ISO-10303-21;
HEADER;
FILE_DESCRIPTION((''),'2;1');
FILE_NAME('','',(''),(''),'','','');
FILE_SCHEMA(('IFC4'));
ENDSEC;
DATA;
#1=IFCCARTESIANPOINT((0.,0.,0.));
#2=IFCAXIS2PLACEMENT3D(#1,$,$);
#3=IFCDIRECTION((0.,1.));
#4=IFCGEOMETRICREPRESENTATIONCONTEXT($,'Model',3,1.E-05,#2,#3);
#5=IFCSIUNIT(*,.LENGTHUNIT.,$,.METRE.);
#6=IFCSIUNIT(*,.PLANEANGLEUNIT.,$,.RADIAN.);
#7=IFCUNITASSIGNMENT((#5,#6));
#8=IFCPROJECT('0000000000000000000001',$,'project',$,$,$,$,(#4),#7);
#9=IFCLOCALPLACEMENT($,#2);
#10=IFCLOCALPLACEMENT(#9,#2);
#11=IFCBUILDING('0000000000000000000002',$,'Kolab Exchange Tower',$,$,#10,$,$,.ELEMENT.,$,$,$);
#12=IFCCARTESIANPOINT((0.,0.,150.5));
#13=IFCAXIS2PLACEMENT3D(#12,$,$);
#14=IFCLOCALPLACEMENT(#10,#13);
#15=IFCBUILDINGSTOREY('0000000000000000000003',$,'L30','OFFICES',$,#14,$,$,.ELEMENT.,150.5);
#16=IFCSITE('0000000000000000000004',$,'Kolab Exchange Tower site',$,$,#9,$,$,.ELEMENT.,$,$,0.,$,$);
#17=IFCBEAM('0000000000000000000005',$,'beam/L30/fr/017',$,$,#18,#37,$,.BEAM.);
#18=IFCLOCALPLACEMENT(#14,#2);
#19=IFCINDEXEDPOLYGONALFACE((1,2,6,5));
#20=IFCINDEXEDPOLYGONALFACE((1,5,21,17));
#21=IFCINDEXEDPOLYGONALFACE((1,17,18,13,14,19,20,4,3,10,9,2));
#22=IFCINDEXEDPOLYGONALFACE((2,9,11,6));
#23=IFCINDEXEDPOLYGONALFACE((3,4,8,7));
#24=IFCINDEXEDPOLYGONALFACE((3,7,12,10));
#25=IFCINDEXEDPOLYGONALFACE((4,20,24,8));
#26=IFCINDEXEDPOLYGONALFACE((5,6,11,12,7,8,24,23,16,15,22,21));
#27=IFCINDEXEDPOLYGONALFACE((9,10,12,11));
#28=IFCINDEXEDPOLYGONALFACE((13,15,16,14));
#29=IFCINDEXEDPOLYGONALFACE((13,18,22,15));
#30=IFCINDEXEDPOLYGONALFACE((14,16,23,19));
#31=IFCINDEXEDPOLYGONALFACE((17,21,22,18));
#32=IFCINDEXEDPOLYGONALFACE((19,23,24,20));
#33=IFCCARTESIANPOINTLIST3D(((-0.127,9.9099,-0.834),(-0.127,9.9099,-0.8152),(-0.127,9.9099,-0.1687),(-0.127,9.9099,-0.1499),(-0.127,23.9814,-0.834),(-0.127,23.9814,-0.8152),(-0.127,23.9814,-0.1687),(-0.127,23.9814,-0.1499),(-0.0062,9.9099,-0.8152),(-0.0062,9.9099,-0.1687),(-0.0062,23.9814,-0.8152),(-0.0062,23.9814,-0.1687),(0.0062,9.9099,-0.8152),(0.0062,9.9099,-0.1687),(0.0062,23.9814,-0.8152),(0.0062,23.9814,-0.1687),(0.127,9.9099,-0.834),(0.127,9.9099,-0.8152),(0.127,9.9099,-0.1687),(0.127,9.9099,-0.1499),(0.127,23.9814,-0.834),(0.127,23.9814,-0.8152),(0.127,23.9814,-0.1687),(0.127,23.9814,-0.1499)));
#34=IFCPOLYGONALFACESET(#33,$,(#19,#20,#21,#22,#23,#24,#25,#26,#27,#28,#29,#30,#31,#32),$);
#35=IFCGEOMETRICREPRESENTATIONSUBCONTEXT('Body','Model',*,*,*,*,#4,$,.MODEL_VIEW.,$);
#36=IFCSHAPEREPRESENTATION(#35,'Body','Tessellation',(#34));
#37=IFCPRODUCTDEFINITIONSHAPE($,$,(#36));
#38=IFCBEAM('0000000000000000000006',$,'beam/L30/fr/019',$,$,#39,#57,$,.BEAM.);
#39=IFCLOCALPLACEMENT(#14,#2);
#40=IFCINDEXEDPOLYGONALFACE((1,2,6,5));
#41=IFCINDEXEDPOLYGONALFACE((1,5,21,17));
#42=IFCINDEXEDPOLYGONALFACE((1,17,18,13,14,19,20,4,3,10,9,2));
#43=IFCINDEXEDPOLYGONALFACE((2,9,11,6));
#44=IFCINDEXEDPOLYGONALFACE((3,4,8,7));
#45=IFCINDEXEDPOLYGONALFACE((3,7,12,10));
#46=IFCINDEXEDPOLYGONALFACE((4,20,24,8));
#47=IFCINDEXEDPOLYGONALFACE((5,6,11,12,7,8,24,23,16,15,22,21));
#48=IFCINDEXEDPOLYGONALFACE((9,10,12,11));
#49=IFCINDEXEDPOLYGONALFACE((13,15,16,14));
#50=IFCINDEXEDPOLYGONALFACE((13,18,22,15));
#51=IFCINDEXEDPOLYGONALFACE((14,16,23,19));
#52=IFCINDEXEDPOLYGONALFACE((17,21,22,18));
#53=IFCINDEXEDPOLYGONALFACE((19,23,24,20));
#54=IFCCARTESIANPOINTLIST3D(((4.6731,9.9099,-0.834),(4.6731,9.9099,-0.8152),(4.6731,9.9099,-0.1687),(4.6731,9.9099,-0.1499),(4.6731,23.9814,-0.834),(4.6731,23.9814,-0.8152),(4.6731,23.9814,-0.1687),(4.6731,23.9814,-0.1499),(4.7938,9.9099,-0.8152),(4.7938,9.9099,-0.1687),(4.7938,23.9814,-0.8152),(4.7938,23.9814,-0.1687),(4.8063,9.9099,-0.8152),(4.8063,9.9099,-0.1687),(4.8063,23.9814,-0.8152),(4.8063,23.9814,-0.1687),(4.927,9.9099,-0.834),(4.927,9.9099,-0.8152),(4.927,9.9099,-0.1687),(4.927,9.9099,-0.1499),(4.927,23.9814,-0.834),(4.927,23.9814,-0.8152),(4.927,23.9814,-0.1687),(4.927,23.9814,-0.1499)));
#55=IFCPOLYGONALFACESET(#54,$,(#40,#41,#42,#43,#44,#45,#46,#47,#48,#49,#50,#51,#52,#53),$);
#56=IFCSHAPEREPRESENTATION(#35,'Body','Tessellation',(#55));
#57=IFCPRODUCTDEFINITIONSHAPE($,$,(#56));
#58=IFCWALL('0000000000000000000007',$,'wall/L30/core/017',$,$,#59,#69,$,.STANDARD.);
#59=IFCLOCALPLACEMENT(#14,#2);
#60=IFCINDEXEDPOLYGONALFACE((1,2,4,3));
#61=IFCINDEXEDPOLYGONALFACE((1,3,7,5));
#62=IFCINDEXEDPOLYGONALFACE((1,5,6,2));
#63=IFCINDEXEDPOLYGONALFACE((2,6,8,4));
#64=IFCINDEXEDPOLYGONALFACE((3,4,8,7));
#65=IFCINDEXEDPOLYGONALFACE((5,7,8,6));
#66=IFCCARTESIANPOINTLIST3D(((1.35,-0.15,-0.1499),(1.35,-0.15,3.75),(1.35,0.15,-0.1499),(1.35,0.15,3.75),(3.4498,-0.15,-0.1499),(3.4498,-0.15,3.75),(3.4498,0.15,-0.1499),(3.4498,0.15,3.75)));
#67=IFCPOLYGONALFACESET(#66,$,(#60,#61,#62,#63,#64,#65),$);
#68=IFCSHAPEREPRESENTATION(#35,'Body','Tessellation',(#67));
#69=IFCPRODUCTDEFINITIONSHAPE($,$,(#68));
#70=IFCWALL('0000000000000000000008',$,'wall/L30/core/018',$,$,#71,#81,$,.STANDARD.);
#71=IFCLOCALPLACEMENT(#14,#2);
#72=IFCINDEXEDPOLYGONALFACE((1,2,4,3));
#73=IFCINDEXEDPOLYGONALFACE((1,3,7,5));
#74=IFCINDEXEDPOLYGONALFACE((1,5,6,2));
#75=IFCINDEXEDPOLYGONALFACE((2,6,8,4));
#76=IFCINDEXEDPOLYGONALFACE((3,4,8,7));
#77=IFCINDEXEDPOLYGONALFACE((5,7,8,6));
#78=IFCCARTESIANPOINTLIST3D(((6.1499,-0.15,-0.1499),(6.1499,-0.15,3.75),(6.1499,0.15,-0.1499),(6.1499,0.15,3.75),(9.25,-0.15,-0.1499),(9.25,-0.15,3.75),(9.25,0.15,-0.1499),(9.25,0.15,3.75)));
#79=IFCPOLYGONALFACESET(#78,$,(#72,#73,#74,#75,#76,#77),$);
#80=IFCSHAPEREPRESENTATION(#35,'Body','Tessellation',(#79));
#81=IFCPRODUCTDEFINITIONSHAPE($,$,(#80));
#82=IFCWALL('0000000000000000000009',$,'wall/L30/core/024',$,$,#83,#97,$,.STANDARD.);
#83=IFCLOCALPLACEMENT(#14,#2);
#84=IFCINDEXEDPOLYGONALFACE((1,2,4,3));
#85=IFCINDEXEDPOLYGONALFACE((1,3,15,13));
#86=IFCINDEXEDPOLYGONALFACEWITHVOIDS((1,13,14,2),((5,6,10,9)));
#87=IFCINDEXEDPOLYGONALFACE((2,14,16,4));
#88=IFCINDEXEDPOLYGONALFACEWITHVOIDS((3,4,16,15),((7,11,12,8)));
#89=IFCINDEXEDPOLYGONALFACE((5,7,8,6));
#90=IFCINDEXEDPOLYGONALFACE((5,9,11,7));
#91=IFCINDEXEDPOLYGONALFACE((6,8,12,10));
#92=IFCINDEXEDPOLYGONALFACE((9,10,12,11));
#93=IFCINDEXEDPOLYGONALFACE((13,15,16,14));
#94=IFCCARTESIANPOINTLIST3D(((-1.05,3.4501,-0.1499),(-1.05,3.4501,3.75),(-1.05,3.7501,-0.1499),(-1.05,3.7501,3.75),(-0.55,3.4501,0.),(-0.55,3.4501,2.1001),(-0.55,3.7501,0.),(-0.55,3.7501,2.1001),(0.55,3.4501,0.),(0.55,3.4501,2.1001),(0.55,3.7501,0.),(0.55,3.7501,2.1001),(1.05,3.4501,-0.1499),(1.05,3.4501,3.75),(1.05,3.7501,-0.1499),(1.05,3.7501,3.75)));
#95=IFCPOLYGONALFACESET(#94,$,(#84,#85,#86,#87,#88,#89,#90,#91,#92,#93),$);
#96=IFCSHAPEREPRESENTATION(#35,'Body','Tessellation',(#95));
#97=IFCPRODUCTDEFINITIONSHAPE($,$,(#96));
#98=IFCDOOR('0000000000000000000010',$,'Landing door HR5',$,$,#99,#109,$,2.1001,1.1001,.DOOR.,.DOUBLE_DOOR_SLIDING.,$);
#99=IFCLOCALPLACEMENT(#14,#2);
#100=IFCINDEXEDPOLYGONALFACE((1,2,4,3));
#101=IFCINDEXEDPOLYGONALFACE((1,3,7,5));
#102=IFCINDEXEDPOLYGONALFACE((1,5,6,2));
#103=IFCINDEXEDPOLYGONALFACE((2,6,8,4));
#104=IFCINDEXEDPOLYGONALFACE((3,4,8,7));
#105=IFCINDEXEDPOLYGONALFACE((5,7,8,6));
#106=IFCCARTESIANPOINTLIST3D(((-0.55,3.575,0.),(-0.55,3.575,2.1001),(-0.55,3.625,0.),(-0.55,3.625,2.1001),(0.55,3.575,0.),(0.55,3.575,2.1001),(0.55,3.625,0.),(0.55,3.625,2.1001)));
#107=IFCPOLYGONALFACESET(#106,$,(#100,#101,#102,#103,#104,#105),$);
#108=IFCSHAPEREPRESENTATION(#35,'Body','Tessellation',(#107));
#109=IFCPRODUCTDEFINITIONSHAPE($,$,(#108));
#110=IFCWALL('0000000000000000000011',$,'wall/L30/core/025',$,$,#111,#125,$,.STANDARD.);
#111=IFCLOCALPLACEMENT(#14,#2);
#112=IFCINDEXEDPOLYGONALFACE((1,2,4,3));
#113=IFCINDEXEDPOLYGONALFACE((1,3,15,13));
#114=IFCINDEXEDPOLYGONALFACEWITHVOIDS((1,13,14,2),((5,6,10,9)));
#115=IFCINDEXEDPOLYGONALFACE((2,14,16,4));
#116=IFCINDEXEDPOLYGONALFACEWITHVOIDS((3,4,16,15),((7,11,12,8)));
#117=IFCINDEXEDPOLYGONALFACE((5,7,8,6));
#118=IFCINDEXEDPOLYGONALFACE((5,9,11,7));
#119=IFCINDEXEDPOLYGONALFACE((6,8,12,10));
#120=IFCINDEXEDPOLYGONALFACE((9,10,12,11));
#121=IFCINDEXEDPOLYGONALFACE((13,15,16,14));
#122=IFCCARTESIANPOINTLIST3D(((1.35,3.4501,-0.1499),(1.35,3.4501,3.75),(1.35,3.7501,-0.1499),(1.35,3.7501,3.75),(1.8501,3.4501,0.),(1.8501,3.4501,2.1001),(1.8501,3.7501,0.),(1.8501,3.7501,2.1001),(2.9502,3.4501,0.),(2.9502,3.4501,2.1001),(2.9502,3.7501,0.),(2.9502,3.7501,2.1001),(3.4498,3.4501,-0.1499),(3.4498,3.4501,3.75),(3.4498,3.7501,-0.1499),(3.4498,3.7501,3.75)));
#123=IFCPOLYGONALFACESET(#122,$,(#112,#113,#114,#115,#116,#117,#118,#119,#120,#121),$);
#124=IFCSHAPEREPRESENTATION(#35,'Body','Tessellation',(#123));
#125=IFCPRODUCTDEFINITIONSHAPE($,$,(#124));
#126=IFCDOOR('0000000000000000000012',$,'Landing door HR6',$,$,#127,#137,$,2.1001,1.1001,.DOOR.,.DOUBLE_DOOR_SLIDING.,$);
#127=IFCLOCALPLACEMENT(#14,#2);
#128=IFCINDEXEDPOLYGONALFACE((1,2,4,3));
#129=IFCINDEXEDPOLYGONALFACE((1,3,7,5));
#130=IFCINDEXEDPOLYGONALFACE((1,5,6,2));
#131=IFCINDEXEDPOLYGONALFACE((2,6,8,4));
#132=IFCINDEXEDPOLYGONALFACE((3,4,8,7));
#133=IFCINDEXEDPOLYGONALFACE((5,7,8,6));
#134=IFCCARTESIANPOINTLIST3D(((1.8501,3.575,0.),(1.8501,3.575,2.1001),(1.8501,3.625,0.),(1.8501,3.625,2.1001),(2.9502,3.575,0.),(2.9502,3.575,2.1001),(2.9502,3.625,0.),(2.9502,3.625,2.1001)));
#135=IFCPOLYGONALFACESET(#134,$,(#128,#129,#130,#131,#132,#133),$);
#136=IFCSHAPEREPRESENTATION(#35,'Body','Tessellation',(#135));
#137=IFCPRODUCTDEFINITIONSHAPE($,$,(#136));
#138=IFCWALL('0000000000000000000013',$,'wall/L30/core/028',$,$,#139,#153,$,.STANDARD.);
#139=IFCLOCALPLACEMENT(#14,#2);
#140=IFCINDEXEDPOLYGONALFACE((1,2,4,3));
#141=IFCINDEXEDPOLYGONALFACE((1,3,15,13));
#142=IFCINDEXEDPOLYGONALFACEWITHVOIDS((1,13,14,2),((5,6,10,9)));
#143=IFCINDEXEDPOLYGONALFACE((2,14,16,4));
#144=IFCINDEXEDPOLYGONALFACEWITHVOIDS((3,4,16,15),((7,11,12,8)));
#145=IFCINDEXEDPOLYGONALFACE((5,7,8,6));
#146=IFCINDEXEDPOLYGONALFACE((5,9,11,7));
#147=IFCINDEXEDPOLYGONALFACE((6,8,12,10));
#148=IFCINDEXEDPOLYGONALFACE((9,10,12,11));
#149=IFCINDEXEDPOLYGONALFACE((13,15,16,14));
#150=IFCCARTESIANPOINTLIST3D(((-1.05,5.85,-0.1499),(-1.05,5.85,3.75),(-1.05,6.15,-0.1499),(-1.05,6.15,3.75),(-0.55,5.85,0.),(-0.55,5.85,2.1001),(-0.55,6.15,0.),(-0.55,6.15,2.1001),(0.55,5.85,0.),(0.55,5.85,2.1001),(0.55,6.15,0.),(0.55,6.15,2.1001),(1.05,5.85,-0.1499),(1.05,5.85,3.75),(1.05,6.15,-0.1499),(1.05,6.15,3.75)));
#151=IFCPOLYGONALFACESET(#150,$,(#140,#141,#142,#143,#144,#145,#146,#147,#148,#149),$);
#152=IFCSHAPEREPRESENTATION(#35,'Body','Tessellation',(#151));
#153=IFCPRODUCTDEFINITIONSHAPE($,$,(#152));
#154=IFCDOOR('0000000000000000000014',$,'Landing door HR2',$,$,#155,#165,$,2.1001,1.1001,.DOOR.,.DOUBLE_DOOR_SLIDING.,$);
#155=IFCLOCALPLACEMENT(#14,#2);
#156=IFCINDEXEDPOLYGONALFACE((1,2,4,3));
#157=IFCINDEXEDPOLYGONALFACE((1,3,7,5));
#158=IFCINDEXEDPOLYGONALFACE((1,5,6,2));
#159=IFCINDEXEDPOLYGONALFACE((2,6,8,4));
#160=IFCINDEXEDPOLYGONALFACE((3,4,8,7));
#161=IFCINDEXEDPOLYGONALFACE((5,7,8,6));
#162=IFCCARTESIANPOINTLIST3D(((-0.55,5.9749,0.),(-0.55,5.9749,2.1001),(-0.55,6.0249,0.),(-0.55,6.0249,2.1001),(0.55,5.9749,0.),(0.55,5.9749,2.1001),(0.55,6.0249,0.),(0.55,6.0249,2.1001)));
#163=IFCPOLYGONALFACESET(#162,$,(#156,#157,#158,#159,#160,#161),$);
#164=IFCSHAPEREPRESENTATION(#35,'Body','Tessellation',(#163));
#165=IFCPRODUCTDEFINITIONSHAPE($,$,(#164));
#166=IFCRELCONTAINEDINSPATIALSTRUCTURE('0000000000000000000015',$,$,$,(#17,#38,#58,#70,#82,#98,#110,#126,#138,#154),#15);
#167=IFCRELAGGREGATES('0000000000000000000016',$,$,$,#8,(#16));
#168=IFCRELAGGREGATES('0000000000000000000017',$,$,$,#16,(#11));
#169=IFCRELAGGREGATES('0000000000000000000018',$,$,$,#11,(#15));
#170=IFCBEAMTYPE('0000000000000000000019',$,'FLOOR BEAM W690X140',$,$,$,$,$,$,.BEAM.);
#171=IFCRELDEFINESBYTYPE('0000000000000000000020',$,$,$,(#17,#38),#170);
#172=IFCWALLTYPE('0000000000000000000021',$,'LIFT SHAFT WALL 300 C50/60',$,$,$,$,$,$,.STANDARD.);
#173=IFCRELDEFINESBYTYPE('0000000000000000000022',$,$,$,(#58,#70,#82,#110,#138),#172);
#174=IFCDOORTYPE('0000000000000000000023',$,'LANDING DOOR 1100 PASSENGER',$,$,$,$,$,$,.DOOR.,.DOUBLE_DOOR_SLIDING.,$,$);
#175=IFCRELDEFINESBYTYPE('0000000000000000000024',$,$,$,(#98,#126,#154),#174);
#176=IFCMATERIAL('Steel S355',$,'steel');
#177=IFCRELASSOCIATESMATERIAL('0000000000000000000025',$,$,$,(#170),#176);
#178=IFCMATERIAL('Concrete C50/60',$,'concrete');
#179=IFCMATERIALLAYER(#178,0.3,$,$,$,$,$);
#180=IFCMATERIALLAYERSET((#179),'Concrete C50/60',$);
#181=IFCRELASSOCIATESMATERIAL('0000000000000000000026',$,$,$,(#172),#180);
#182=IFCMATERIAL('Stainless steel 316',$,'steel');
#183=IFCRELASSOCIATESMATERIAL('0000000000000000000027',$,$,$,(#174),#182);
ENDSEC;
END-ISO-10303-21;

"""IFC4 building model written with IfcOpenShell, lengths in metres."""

from ifc_helpers import new_model, si_unit, direction, frame, frame_2d, origin, origin_2d, place, context, subcontext, project, spatial, rectangle, i_section, extrude, material, layer, layer_set, material_profile, profile_set, type_object, element, fill, save


model = new_model("IFC4")

# Units and contexts
model_context = context("Model", 3, precision=1e-05, world=origin(), true_north=direction((0.0, 1.0)))
body_context = subcontext(model_context, "Body", "Model", "MODEL_VIEW")
ifc_project = project(units=[si_unit("LENGTHUNIT", "METRE"), si_unit("PLANEANGLEUNIT", "RADIAN")], contexts=[model_context])

# Site, building, storey
site_placement = place(None, origin())
site = spatial("IfcSite", under=ifc_project, at=site_placement, Name="Kolab Exchange Tower site", CompositionType="ELEMENT", RefElevation=0.0)
building_placement = place(site_placement, origin())
building = spatial("IfcBuilding", under=site, at=building_placement, Name="Kolab Exchange Tower", CompositionType="ELEMENT")
storey_placement = place(building_placement, frame((0.0, 0.0, 150.5)))
storey = spatial("IfcBuildingStorey", under=building, at=storey_placement, Name="L30", Description="OFFICES", CompositionType="ELEMENT", Elevation=150.5)

# Beams
ifc_material_1 = material(Name="Steel S355", Category="steel")
ifc_material_profile = material_profile(ifc_material_1, i_section(OverallWidth=0.2539, OverallDepth=0.6841, WebThickness=0.0125, FlangeThickness=0.0188, at=origin_2d()), Name="W690X140")
ifc_profile_set = profile_set([ifc_material_profile], Name="Steel S355")
beam_type = type_object("IfcBeamType", Name="FLOOR BEAM W690X140", PredefinedType="BEAM", material=ifc_profile_set)
for number, where, z_axis, x_axis, name in (
    (1, (0.0, 9.9099, -0.4919), (0.0, 1.0, 0.0), (-1.0, 0.0, 0.0), "beam/L30/fr/017"),
    (2, (4.8, 9.9099, -0.4919), (0.0, 1.0, 0.0), (-1.0, 0.0, 0.0), "beam/L30/fr/019"),
):
    element("IfcBeam", number, at=place(storey_placement, frame(where, z_axis=z_axis, x_axis=x_axis)), inside=storey, type_object=beam_type, Name=name, PredefinedType="BEAM", context=body_context, shape_type="SweptSolid", body=[
        extrude(i_section(OverallWidth=0.2539, OverallDepth=0.6841, WebThickness=0.0125, FlangeThickness=0.0188, at=origin_2d()), origin(), (0.0, 0.0, 1.0), 14.0715),
    ])

# Walls
ifc_material_2 = material(Name="Concrete C50/60", Category="concrete")
ifc_layer_1 = layer(ifc_material_2, 0.3)
ifc_layer_set_1 = layer_set([ifc_layer_1], Name="Concrete C50/60")
wall_type_1 = type_object("IfcWallType", Name="LIFT SHAFT WALL 300 C50/60", PredefinedType="STANDARD", material=ifc_layer_set_1)
wall_1_placement = place(storey_placement, frame((1.3501, 0.0, -0.1499), z_axis=(0.0, 0.0, 1.0), x_axis=(1.0, 0.0, 0.0)))
element("IfcWall", 3, at=wall_1_placement, inside=storey, type_object=wall_type_1, Name="wall/L30/core/017", PredefinedType="STANDARD", context=body_context, shape_type="SweptSolid", body=[
    extrude(rectangle(XDim=2.0999, YDim=0.3, at=frame_2d((1.0498, 0.0))), origin(), (0.0, 0.0, 1.0), 3.8999),
])
wall_2_placement = place(storey_placement, frame((6.1499, 0.0, -0.1499), z_axis=(0.0, 0.0, 1.0), x_axis=(1.0, 0.0, 0.0)))
element("IfcWall", 4, at=wall_2_placement, inside=storey, type_object=wall_type_1, Name="wall/L30/core/018", PredefinedType="STANDARD", context=body_context, shape_type="SweptSolid", body=[
    extrude(rectangle(XDim=3.1001, YDim=0.3, at=frame_2d((1.55, 0.0))), origin(), (0.0, 0.0, 1.0), 3.8999),
])

# Walls, openings, doors
wall_3_placement = place(storey_placement, frame((-1.05, 3.6001, -0.1499), z_axis=(0.0, 0.0, 1.0), x_axis=(1.0, 0.0, 0.0)))
wall_3 = element("IfcWall", 5, at=wall_3_placement, inside=storey, type_object=wall_type_1, Name="wall/L30/core/024", PredefinedType="STANDARD", context=body_context, shape_type="SweptSolid", body=[
    extrude(rectangle(XDim=2.1001, YDim=0.3, at=frame_2d((1.05, 0.0))), origin(), (0.0, 0.0, 1.0), 3.8999),
])
opening_1_placement = place(wall_3_placement, frame((0.5, 0.0, 0.1499)))
opening_1 = element("IfcOpeningElement", 6, at=opening_1_placement, cuts=wall_3, PredefinedType="OPENING", context=body_context, shape_type="SweptSolid", body=[
    extrude(rectangle(XDim=1.1001, YDim=2.1001, at=frame_2d((0.55, 1.05))), frame((0.0, 0.1602, 0.0), z_axis=(0.0, -1.0, 0.0), x_axis=(1.0, 0.0, 0.0)), (0.0, 0.0, 1.0), 0.3201),
])
ifc_material_3 = material(Name="Stainless steel 316", Category="steel")
door_type_1 = type_object("IfcDoorType", Name="LANDING DOOR 1100 PASSENGER", OperationType="DOUBLE_DOOR_SLIDING", PredefinedType="DOOR", material=ifc_material_3)
door_1_placement = place(opening_1_placement, origin())
door_1 = element("IfcDoor", 7, at=door_1_placement, inside=storey, type_object=door_type_1, Name="Landing door HR5", OperationType="DOUBLE_DOOR_SLIDING", OverallHeight=2.1001, OverallWidth=1.1001, PredefinedType="DOOR", context=body_context, shape_type="SweptSolid", body=[
    extrude(rectangle(XDim=1.1001, YDim=2.1001, at=frame_2d((0.55, 1.05))), frame((0.0, 0.0249, 0.0), z_axis=(0.0, -1.0, 0.0), x_axis=(1.0, 0.0, 0.0)), (0.0, 0.0, 1.0), 0.05),
])
fill(opening_1, door_1)
wall_4_placement = place(storey_placement, frame((1.3501, 3.6001, -0.1499), z_axis=(0.0, 0.0, 1.0), x_axis=(1.0, 0.0, 0.0)))
wall_4 = element("IfcWall", 8, at=wall_4_placement, inside=storey, type_object=wall_type_1, Name="wall/L30/core/025", PredefinedType="STANDARD", context=body_context, shape_type="SweptSolid", body=[
    extrude(rectangle(XDim=2.0999, YDim=0.3, at=frame_2d((1.0498, 0.0))), origin(), (0.0, 0.0, 1.0), 3.8999),
])
opening_2_placement = place(wall_4_placement, frame((0.5, 0.0, 0.1499)))
opening_2 = element("IfcOpeningElement", 9, at=opening_2_placement, cuts=wall_4, PredefinedType="OPENING", context=body_context, shape_type="SweptSolid", body=[
    extrude(rectangle(XDim=1.1001, YDim=2.1001, at=frame_2d((0.55, 1.05))), frame((0.0, 0.1602, 0.0), z_axis=(0.0, -1.0, 0.0), x_axis=(1.0, 0.0, 0.0)), (0.0, 0.0, 1.0), 0.3201),
])
door_2_placement = place(opening_2_placement, origin())
door_2 = element("IfcDoor", 10, at=door_2_placement, inside=storey, type_object=door_type_1, Name="Landing door HR6", OperationType="DOUBLE_DOOR_SLIDING", OverallHeight=2.1001, OverallWidth=1.1001, PredefinedType="DOOR", context=body_context, shape_type="SweptSolid", body=[
    extrude(rectangle(XDim=1.1001, YDim=2.1001, at=frame_2d((0.55, 1.05))), frame((0.0, 0.0249, 0.0), z_axis=(0.0, -1.0, 0.0), x_axis=(1.0, 0.0, 0.0)), (0.0, 0.0, 1.0), 0.05),
])
fill(opening_2, door_2)
wall_5_placement = place(storey_placement, frame((-1.05, 6.0, -0.1499), z_axis=(0.0, 0.0, 1.0), x_axis=(1.0, 0.0, 0.0)))
wall_5 = element("IfcWall", 11, at=wall_5_placement, inside=storey, type_object=wall_type_1, Name="wall/L30/core/028", PredefinedType="STANDARD", context=body_context, shape_type="SweptSolid", body=[
    extrude(rectangle(XDim=2.1001, YDim=0.3, at=frame_2d((1.05, 0.0))), origin(), (0.0, 0.0, 1.0), 3.8999),
])
opening_3_placement = place(wall_5_placement, frame((0.5, 0.0, 0.1499)))
opening_3 = element("IfcOpeningElement", 12, at=opening_3_placement, cuts=wall_5, PredefinedType="OPENING", context=body_context, shape_type="SweptSolid", body=[
    extrude(rectangle(XDim=1.1001, YDim=2.1001, at=frame_2d((0.55, 1.05))), frame((0.0, 0.1602, 0.0), z_axis=(0.0, -1.0, 0.0), x_axis=(1.0, 0.0, 0.0)), (0.0, 0.0, 1.0), 0.3201),
])
door_3_placement = place(opening_3_placement, origin())
door_3 = element("IfcDoor", 13, at=door_3_placement, inside=storey, type_object=door_type_1, Name="Landing door HR2", OperationType="DOUBLE_DOOR_SLIDING", OverallHeight=2.1001, OverallWidth=1.1001, PredefinedType="DOOR", context=body_context, shape_type="SweptSolid", body=[
    extrude(rectangle(XDim=1.1001, YDim=2.1001, at=frame_2d((0.55, 1.05))), frame((0.0, 0.0249, 0.0), z_axis=(0.0, -1.0, 0.0), x_axis=(1.0, 0.0, 0.0)), (0.0, 0.0, 1.0), 0.05),
])
fill(opening_3, door_3)

save(model, "model.ifc")
